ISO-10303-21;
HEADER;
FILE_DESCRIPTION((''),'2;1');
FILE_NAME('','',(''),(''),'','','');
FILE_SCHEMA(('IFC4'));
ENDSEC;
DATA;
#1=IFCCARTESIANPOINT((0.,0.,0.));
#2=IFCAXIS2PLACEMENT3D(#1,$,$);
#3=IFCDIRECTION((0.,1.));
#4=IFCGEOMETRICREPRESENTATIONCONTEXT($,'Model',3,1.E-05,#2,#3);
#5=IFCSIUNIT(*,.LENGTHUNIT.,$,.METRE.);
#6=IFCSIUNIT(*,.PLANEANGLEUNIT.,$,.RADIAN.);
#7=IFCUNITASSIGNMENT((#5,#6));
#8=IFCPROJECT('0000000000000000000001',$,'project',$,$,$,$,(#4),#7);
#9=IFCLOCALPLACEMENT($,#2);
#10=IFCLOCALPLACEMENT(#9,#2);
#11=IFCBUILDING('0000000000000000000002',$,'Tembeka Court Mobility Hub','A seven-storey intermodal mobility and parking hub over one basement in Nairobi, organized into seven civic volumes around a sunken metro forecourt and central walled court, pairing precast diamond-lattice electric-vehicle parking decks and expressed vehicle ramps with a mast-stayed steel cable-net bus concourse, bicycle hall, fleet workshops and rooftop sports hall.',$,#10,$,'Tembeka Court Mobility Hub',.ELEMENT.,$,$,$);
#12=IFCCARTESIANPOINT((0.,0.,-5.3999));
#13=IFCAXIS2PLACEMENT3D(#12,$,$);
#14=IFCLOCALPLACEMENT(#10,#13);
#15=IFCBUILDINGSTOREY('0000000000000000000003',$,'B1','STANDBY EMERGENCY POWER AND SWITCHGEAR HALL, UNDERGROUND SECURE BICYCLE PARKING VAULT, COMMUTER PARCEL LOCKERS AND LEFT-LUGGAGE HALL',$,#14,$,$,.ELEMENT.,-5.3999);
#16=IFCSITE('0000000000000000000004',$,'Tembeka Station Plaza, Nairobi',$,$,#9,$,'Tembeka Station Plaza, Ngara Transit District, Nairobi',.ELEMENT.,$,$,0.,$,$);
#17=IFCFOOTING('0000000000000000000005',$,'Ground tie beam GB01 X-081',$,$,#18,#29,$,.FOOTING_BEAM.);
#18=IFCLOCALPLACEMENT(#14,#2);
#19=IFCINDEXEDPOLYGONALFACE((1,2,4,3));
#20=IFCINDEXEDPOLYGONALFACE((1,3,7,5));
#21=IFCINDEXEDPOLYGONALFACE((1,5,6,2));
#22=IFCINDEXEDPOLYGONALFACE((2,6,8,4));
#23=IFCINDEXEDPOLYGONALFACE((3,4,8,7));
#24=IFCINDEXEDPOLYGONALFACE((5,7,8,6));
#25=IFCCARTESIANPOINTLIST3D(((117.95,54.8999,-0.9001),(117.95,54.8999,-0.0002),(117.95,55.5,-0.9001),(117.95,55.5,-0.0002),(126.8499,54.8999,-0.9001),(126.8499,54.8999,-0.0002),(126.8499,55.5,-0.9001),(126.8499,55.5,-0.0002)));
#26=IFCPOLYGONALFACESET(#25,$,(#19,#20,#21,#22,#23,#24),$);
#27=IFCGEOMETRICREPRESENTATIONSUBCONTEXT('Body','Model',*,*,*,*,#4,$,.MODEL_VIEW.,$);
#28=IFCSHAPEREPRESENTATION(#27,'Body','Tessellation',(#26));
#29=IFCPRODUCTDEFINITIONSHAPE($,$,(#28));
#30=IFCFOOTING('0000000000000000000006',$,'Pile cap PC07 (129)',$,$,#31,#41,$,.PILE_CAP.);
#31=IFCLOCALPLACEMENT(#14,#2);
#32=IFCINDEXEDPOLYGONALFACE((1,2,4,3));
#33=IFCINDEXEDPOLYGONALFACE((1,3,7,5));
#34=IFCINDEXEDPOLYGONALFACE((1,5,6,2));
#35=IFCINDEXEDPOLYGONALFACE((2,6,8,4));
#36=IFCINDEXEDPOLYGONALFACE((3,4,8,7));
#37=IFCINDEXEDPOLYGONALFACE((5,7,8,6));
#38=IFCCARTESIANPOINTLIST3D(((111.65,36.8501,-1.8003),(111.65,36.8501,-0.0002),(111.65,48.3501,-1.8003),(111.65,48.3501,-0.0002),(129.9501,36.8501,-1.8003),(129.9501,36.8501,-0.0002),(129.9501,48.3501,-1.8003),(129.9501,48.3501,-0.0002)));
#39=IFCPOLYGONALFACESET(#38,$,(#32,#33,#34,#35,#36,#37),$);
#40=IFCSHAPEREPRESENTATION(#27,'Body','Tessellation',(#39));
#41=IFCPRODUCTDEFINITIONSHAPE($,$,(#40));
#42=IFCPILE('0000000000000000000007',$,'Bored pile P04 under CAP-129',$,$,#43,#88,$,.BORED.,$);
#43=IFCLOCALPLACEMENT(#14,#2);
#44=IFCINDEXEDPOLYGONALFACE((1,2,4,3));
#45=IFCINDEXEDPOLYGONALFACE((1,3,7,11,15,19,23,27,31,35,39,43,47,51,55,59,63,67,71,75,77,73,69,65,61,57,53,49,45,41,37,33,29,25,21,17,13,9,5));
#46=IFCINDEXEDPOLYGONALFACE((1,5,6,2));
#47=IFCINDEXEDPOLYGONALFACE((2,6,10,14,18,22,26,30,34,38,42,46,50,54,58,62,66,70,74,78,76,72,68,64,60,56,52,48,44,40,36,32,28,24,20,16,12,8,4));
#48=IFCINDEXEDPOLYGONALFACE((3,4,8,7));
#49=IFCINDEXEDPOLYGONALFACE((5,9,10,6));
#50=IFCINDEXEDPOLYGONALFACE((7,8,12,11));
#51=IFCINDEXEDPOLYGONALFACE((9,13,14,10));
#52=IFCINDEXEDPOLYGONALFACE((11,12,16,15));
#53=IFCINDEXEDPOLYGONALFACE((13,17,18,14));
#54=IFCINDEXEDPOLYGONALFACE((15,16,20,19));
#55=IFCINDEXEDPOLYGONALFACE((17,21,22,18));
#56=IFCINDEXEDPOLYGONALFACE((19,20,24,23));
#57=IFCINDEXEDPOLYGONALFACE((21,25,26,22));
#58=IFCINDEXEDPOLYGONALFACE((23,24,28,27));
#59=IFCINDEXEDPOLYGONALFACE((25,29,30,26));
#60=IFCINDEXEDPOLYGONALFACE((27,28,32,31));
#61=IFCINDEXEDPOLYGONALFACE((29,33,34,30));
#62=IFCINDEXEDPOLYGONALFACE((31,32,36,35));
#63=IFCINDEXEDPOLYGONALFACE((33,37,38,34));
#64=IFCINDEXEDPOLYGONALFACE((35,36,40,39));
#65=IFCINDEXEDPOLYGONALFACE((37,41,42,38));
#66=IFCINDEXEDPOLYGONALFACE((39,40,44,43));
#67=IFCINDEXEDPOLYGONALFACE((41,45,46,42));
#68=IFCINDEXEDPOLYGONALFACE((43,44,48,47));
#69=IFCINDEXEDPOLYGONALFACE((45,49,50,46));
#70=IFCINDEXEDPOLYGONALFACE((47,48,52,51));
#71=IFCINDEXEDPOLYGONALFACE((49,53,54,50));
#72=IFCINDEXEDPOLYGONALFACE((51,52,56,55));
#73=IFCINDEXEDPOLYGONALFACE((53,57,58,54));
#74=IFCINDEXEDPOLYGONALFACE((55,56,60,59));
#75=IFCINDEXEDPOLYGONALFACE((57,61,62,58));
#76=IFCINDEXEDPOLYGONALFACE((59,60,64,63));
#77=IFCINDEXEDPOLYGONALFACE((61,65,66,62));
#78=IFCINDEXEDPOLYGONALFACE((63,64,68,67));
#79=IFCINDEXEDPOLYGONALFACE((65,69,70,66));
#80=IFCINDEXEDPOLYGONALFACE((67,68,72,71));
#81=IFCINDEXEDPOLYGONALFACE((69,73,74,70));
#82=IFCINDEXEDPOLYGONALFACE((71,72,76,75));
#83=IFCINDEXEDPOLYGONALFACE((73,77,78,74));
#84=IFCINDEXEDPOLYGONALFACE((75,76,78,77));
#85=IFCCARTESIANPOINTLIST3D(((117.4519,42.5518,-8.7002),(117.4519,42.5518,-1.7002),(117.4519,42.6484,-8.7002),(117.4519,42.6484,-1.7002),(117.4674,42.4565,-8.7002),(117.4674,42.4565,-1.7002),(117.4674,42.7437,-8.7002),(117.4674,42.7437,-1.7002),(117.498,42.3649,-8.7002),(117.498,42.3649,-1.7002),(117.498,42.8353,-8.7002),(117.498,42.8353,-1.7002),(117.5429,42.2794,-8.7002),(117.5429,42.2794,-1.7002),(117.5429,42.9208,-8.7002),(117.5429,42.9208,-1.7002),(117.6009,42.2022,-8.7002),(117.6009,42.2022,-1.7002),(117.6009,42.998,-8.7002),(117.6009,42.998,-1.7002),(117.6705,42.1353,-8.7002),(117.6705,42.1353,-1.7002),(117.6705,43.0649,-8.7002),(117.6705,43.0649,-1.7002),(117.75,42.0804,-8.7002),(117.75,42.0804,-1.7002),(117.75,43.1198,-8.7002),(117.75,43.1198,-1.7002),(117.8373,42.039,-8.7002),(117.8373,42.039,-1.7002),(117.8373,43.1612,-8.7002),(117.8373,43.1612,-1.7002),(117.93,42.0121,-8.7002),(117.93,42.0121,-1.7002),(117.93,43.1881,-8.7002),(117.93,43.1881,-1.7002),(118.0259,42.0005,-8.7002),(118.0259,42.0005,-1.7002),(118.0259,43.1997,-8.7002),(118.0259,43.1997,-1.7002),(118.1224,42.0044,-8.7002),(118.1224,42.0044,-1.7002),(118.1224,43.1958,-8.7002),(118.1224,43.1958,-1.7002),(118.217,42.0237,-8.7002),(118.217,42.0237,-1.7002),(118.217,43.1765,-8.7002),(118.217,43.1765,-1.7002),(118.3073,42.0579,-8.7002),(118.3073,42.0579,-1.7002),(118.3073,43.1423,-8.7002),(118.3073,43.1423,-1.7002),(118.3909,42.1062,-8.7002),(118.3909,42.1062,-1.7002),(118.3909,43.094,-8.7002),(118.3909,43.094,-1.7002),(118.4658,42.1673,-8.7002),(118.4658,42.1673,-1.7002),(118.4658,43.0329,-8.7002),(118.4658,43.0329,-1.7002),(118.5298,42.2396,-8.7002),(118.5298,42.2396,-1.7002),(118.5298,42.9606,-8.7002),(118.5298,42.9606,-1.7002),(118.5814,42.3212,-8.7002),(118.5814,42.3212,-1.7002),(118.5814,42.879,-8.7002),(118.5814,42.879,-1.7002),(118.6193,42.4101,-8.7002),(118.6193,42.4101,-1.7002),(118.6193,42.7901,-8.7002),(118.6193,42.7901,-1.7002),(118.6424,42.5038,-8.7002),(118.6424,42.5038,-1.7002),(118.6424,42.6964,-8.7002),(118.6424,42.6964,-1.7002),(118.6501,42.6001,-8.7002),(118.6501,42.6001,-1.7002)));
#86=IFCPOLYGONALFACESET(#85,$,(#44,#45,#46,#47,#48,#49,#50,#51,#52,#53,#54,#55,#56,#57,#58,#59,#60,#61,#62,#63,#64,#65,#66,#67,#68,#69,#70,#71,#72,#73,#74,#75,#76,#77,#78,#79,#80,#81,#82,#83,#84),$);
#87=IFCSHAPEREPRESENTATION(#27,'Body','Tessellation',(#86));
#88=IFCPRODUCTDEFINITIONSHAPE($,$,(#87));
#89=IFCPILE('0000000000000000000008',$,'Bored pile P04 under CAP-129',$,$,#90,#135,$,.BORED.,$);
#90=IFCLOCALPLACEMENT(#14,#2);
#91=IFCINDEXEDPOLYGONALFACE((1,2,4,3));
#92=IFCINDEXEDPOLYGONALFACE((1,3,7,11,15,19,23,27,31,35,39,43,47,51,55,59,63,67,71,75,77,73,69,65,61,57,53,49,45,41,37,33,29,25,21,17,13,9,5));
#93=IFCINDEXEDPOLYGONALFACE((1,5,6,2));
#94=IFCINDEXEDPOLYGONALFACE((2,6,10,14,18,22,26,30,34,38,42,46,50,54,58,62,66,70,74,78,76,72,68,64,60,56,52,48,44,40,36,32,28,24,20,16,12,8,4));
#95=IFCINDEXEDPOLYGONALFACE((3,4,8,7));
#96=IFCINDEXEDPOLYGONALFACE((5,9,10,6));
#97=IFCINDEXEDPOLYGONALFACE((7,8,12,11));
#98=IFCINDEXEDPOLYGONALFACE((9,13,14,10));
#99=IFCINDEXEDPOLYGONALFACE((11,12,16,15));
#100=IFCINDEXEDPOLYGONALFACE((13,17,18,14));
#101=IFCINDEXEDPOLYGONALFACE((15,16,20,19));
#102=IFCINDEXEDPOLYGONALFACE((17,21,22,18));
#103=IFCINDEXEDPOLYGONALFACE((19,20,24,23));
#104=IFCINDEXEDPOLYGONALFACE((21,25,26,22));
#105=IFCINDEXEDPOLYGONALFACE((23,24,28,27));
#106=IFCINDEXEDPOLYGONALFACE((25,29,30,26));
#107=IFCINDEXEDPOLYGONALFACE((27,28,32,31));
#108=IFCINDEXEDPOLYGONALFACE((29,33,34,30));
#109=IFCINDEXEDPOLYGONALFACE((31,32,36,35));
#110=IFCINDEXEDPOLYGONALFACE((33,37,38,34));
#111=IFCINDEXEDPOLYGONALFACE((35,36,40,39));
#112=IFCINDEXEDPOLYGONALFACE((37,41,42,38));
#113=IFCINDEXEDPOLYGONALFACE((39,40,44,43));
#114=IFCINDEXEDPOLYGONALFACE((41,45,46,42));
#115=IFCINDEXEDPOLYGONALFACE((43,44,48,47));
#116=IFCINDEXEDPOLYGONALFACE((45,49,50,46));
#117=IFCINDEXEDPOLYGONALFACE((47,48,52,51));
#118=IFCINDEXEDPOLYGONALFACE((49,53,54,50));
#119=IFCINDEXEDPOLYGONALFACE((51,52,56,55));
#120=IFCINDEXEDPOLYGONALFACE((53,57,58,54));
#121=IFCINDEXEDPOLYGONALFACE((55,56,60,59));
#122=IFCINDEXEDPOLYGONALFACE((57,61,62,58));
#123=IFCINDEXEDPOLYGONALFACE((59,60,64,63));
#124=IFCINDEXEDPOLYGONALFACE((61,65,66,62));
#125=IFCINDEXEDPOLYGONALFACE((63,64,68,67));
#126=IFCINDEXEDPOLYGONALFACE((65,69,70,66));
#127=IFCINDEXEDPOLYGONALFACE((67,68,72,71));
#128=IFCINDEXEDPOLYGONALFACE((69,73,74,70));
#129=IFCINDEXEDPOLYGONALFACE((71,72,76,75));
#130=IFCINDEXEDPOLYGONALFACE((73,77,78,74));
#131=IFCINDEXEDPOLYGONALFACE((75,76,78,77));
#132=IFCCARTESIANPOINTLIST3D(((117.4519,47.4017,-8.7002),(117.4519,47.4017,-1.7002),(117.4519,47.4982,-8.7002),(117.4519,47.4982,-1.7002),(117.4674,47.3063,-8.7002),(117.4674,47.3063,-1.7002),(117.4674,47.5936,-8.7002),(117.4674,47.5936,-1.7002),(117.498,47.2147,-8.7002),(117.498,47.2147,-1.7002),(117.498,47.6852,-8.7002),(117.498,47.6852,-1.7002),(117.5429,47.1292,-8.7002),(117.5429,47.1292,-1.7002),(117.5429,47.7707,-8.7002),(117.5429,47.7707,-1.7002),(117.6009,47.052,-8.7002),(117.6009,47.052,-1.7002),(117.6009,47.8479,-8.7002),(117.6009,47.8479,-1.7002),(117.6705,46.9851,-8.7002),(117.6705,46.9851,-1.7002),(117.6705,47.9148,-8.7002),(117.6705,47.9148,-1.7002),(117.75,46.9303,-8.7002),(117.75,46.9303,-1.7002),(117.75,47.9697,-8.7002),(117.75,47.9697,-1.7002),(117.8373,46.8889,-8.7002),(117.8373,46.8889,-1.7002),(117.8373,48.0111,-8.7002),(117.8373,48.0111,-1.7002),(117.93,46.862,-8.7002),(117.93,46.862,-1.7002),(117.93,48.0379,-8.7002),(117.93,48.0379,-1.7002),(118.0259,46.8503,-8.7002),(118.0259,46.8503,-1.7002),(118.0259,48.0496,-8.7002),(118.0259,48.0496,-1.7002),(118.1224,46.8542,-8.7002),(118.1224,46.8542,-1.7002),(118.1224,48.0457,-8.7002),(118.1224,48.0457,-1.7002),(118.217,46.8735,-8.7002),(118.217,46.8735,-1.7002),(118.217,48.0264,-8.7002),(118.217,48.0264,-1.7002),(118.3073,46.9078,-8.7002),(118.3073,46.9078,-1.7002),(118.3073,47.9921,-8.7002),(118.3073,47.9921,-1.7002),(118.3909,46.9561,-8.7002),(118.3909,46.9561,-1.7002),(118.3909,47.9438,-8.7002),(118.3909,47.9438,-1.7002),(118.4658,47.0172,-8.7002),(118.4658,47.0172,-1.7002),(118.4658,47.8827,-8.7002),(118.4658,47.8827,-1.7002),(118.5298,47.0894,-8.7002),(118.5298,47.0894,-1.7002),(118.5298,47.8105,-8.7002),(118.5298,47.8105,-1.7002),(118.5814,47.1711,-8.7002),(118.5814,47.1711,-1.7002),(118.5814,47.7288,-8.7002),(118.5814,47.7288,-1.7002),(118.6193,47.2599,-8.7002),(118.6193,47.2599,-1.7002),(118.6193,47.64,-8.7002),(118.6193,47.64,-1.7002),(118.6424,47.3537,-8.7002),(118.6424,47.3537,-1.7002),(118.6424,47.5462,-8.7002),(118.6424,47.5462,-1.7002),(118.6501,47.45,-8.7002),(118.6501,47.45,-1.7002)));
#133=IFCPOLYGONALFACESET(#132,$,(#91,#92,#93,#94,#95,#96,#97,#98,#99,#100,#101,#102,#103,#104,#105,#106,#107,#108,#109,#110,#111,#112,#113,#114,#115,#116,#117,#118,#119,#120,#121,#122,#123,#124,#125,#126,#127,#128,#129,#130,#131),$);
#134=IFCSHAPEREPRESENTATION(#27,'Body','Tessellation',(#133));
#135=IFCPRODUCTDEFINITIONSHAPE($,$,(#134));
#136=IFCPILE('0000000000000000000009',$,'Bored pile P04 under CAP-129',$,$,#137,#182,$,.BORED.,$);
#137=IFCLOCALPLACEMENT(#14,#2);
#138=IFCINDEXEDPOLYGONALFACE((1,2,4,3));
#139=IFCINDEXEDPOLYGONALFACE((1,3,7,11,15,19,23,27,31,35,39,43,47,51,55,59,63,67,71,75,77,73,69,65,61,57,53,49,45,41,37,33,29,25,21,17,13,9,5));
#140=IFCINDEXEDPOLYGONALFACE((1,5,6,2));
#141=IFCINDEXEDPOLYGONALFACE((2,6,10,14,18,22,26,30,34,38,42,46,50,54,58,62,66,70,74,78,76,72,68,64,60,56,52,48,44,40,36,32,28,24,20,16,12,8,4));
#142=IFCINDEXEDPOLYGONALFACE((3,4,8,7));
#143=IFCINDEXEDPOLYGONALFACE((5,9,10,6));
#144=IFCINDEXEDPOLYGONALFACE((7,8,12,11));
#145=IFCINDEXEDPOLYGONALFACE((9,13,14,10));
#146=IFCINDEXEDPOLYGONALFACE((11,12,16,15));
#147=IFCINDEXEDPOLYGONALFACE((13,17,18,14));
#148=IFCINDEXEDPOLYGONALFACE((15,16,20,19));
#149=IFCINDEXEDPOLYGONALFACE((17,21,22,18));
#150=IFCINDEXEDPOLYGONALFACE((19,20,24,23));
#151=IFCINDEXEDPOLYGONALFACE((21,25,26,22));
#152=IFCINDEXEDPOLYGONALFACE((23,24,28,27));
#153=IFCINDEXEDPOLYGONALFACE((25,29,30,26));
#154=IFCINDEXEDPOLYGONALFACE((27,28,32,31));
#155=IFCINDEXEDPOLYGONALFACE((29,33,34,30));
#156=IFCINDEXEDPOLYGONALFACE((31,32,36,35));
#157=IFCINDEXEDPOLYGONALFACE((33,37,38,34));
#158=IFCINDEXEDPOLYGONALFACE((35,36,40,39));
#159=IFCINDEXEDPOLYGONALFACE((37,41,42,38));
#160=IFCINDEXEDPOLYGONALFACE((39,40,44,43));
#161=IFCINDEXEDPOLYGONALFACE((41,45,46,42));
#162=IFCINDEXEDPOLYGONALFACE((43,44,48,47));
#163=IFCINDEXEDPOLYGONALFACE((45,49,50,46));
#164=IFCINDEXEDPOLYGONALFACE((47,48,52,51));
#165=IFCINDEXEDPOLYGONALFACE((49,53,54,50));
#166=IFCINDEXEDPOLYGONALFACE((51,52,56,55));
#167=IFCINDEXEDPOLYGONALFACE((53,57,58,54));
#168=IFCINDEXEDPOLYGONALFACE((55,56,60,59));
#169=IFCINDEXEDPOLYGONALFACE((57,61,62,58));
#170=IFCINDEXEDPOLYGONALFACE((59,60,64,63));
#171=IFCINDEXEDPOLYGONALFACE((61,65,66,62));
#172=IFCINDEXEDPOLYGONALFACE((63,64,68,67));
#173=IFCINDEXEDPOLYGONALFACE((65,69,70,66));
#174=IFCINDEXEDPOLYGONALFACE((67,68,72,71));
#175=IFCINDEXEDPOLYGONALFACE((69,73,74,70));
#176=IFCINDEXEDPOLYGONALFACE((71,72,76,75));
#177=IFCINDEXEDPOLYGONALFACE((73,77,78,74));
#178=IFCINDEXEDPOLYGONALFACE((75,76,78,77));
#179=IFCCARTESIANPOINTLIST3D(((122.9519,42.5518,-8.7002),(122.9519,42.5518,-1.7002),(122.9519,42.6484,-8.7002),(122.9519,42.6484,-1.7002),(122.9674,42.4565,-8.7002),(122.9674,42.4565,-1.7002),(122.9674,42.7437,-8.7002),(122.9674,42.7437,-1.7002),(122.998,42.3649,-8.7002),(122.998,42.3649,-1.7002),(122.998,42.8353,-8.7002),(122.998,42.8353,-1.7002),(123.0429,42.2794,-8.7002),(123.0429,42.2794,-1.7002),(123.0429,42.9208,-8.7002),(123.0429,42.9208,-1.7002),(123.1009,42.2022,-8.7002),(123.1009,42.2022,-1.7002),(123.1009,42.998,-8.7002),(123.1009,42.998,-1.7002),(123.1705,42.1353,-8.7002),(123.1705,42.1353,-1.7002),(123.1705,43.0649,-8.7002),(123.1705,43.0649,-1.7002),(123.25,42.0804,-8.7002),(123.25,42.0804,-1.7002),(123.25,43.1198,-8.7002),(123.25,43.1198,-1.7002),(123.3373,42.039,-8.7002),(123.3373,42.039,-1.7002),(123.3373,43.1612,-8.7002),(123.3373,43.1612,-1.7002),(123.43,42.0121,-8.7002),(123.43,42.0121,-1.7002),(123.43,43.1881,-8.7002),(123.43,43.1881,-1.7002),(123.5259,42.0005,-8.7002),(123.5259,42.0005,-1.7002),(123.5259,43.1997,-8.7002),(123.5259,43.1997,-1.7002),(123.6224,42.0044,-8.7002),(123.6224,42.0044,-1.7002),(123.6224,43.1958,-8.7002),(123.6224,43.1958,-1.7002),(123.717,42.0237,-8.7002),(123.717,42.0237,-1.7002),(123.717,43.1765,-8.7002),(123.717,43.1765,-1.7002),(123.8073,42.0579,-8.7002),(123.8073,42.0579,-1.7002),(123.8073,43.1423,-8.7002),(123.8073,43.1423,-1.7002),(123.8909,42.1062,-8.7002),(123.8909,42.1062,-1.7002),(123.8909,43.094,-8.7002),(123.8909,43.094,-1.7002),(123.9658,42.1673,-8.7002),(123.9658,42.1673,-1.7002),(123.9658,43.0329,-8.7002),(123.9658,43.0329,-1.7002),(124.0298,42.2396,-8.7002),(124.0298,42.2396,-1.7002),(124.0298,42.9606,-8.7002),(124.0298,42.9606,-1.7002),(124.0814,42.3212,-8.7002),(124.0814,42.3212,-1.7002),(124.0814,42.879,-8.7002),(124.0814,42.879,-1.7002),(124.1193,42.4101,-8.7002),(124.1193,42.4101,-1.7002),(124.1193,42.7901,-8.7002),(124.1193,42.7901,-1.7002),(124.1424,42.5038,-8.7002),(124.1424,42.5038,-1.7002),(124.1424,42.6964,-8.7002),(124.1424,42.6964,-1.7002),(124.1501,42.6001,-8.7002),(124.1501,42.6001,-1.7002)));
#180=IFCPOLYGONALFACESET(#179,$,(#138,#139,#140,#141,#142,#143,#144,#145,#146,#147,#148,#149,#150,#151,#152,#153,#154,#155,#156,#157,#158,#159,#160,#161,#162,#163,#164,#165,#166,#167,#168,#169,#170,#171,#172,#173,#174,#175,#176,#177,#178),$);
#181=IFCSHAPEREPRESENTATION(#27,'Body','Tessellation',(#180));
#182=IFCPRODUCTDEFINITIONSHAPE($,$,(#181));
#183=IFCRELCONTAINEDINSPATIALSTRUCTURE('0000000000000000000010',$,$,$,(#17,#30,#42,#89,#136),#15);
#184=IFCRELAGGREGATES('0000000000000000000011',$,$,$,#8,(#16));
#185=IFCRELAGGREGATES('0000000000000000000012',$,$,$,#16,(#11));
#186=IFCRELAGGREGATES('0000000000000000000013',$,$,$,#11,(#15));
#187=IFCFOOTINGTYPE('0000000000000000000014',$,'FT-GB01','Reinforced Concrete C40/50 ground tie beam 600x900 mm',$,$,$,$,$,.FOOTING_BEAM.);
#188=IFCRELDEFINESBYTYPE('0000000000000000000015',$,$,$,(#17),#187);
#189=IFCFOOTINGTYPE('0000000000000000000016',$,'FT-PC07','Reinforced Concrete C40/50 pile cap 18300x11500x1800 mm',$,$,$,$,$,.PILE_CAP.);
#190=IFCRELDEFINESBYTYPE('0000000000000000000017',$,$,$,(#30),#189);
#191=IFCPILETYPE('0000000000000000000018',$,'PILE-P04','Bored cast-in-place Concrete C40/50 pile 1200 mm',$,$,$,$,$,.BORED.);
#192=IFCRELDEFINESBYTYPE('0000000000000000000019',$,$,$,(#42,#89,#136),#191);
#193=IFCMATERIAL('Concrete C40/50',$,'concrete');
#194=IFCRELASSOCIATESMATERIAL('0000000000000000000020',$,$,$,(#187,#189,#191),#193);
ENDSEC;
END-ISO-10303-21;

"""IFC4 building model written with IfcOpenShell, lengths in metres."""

from ifc_helpers import new_model, si_unit, direction, frame, origin, origin_2d, place, context, subcontext, project, spatial, rectangle, circle, extrude, material, material_profile, profile_set, type_object, element, save


model = new_model("IFC4")

# Units and contexts
model_context = context("Model", 3, precision=1e-05, world=origin(), true_north=direction((0.0, 1.0)))
body_context = subcontext(model_context, "Body", "Model", "MODEL_VIEW")
ifc_project = project(units=[si_unit("LENGTHUNIT", "METRE"), si_unit("PLANEANGLEUNIT", "RADIAN")], contexts=[model_context])

# Site, building, storey
site_placement = place(None, origin())
site = spatial("IfcSite", under=ifc_project, at=site_placement, Name="Tembeka Station Plaza, Nairobi", LongName="Tembeka Station Plaza, Ngara Transit District, Nairobi", CompositionType="ELEMENT", RefElevation=0.0)
building_placement = place(site_placement, origin())
building = spatial("IfcBuilding", under=site, at=building_placement, Name="Tembeka Court Mobility Hub", Description="A seven-storey intermodal mobility and parking hub over one basement in Nairobi, organized into seven civic volumes around a sunken metro forecourt and central walled court, pairing precast diamond-lattice electric-vehicle parking decks and expressed vehicle ramps with a mast-stayed steel cable-net bus concourse, bicycle hall, fleet workshops and rooftop sports hall.", LongName="Tembeka Court Mobility Hub", CompositionType="ELEMENT")
storey_placement = place(building_placement, frame((0.0, 0.0, -5.3999)))
storey = spatial("IfcBuildingStorey", under=building, at=storey_placement, Name="B1", Description="STANDBY EMERGENCY POWER AND SWITCHGEAR HALL, UNDERGROUND SECURE BICYCLE PARKING VAULT, COMMUTER PARCEL LOCKERS AND LEFT-LUGGAGE HALL", CompositionType="ELEMENT", Elevation=-5.3999)

# Footings
ifc_material_1 = material(Name="Concrete C40/50", Category="concrete")
footing_type_1 = type_object("IfcFootingType", Name="FT-GB01", Description="Reinforced Concrete C40/50 ground tie beam 600x900 mm", PredefinedType="FOOTING_BEAM", material=ifc_material_1)
footing_1_placement = place(storey_placement, frame((122.3999, 55.2, -0.9001), z_axis=(0.0, 0.0, 1.0), x_axis=(1.0, 0.0, 0.0)))
element("IfcFooting", 1, at=footing_1_placement, inside=storey, type_object=footing_type_1, Name="Ground tie beam GB01 X-081", PredefinedType="FOOTING_BEAM", context=body_context, shape_type="SweptSolid", body=[
    extrude(rectangle(XDim=8.8999, YDim=0.6001, at=origin_2d()), origin(), (0.0, 0.0, 1.0), 0.8999),
])
footing_type_2 = type_object("IfcFootingType", Name="FT-PC07", Description="Reinforced Concrete C40/50 pile cap 18300x11500x1800 mm", PredefinedType="PILE_CAP", material=ifc_material_1)
footing_2_placement = place(storey_placement, frame((120.8, 42.6001, -1.8003), z_axis=(0.0, 0.0, 1.0), x_axis=(1.0, 0.0, 0.0)))
element("IfcFooting", 2, at=footing_2_placement, inside=storey, type_object=footing_type_2, Name="Pile cap PC07 (129)", PredefinedType="PILE_CAP", context=body_context, shape_type="SweptSolid", body=[
    extrude(rectangle(XDim=18.3, YDim=11.5, at=origin_2d()), origin(), (0.0, 0.0, 1.0), 1.8),
])

# Piles
ifc_material_profile = material_profile(ifc_material_1, circle(Radius=0.6001, at=origin_2d()), Name="PILE D1200")
ifc_profile_set = profile_set([ifc_material_profile], Name="Concrete C40/50")
pile_type = type_object("IfcPileType", Name="PILE-P04", Description="Bored cast-in-place Concrete C40/50 pile 1200 mm", PredefinedType="BORED", material=ifc_profile_set)
for number, where, z_axis, x_axis, name in (
    (3, (118.05, 42.6001, -1.7002), (0.0, 0.0, -1.0), (1.0, 0.0, 0.0), "Bored pile P04 under CAP-129"),
    (4, (118.05, 47.45, -1.7002), (0.0, 0.0, -1.0), (1.0, 0.0, 0.0), "Bored pile P04 under CAP-129"),
    (5, (123.55, 42.6001, -1.7002), (0.0, 0.0, -1.0), (1.0, 0.0, 0.0), "Bored pile P04 under CAP-129"),
):
    element("IfcPile", number, at=place(storey_placement, frame(where, z_axis=z_axis, x_axis=x_axis)), inside=storey, type_object=pile_type, Name=name, PredefinedType="BORED", context=body_context, shape_type="SweptSolid", body=[
        extrude(circle(Radius=0.6001, at=origin_2d()), origin(), (0.0, 0.0, 1.0), 7.0),
    ])

save(model, "model.ifc")
